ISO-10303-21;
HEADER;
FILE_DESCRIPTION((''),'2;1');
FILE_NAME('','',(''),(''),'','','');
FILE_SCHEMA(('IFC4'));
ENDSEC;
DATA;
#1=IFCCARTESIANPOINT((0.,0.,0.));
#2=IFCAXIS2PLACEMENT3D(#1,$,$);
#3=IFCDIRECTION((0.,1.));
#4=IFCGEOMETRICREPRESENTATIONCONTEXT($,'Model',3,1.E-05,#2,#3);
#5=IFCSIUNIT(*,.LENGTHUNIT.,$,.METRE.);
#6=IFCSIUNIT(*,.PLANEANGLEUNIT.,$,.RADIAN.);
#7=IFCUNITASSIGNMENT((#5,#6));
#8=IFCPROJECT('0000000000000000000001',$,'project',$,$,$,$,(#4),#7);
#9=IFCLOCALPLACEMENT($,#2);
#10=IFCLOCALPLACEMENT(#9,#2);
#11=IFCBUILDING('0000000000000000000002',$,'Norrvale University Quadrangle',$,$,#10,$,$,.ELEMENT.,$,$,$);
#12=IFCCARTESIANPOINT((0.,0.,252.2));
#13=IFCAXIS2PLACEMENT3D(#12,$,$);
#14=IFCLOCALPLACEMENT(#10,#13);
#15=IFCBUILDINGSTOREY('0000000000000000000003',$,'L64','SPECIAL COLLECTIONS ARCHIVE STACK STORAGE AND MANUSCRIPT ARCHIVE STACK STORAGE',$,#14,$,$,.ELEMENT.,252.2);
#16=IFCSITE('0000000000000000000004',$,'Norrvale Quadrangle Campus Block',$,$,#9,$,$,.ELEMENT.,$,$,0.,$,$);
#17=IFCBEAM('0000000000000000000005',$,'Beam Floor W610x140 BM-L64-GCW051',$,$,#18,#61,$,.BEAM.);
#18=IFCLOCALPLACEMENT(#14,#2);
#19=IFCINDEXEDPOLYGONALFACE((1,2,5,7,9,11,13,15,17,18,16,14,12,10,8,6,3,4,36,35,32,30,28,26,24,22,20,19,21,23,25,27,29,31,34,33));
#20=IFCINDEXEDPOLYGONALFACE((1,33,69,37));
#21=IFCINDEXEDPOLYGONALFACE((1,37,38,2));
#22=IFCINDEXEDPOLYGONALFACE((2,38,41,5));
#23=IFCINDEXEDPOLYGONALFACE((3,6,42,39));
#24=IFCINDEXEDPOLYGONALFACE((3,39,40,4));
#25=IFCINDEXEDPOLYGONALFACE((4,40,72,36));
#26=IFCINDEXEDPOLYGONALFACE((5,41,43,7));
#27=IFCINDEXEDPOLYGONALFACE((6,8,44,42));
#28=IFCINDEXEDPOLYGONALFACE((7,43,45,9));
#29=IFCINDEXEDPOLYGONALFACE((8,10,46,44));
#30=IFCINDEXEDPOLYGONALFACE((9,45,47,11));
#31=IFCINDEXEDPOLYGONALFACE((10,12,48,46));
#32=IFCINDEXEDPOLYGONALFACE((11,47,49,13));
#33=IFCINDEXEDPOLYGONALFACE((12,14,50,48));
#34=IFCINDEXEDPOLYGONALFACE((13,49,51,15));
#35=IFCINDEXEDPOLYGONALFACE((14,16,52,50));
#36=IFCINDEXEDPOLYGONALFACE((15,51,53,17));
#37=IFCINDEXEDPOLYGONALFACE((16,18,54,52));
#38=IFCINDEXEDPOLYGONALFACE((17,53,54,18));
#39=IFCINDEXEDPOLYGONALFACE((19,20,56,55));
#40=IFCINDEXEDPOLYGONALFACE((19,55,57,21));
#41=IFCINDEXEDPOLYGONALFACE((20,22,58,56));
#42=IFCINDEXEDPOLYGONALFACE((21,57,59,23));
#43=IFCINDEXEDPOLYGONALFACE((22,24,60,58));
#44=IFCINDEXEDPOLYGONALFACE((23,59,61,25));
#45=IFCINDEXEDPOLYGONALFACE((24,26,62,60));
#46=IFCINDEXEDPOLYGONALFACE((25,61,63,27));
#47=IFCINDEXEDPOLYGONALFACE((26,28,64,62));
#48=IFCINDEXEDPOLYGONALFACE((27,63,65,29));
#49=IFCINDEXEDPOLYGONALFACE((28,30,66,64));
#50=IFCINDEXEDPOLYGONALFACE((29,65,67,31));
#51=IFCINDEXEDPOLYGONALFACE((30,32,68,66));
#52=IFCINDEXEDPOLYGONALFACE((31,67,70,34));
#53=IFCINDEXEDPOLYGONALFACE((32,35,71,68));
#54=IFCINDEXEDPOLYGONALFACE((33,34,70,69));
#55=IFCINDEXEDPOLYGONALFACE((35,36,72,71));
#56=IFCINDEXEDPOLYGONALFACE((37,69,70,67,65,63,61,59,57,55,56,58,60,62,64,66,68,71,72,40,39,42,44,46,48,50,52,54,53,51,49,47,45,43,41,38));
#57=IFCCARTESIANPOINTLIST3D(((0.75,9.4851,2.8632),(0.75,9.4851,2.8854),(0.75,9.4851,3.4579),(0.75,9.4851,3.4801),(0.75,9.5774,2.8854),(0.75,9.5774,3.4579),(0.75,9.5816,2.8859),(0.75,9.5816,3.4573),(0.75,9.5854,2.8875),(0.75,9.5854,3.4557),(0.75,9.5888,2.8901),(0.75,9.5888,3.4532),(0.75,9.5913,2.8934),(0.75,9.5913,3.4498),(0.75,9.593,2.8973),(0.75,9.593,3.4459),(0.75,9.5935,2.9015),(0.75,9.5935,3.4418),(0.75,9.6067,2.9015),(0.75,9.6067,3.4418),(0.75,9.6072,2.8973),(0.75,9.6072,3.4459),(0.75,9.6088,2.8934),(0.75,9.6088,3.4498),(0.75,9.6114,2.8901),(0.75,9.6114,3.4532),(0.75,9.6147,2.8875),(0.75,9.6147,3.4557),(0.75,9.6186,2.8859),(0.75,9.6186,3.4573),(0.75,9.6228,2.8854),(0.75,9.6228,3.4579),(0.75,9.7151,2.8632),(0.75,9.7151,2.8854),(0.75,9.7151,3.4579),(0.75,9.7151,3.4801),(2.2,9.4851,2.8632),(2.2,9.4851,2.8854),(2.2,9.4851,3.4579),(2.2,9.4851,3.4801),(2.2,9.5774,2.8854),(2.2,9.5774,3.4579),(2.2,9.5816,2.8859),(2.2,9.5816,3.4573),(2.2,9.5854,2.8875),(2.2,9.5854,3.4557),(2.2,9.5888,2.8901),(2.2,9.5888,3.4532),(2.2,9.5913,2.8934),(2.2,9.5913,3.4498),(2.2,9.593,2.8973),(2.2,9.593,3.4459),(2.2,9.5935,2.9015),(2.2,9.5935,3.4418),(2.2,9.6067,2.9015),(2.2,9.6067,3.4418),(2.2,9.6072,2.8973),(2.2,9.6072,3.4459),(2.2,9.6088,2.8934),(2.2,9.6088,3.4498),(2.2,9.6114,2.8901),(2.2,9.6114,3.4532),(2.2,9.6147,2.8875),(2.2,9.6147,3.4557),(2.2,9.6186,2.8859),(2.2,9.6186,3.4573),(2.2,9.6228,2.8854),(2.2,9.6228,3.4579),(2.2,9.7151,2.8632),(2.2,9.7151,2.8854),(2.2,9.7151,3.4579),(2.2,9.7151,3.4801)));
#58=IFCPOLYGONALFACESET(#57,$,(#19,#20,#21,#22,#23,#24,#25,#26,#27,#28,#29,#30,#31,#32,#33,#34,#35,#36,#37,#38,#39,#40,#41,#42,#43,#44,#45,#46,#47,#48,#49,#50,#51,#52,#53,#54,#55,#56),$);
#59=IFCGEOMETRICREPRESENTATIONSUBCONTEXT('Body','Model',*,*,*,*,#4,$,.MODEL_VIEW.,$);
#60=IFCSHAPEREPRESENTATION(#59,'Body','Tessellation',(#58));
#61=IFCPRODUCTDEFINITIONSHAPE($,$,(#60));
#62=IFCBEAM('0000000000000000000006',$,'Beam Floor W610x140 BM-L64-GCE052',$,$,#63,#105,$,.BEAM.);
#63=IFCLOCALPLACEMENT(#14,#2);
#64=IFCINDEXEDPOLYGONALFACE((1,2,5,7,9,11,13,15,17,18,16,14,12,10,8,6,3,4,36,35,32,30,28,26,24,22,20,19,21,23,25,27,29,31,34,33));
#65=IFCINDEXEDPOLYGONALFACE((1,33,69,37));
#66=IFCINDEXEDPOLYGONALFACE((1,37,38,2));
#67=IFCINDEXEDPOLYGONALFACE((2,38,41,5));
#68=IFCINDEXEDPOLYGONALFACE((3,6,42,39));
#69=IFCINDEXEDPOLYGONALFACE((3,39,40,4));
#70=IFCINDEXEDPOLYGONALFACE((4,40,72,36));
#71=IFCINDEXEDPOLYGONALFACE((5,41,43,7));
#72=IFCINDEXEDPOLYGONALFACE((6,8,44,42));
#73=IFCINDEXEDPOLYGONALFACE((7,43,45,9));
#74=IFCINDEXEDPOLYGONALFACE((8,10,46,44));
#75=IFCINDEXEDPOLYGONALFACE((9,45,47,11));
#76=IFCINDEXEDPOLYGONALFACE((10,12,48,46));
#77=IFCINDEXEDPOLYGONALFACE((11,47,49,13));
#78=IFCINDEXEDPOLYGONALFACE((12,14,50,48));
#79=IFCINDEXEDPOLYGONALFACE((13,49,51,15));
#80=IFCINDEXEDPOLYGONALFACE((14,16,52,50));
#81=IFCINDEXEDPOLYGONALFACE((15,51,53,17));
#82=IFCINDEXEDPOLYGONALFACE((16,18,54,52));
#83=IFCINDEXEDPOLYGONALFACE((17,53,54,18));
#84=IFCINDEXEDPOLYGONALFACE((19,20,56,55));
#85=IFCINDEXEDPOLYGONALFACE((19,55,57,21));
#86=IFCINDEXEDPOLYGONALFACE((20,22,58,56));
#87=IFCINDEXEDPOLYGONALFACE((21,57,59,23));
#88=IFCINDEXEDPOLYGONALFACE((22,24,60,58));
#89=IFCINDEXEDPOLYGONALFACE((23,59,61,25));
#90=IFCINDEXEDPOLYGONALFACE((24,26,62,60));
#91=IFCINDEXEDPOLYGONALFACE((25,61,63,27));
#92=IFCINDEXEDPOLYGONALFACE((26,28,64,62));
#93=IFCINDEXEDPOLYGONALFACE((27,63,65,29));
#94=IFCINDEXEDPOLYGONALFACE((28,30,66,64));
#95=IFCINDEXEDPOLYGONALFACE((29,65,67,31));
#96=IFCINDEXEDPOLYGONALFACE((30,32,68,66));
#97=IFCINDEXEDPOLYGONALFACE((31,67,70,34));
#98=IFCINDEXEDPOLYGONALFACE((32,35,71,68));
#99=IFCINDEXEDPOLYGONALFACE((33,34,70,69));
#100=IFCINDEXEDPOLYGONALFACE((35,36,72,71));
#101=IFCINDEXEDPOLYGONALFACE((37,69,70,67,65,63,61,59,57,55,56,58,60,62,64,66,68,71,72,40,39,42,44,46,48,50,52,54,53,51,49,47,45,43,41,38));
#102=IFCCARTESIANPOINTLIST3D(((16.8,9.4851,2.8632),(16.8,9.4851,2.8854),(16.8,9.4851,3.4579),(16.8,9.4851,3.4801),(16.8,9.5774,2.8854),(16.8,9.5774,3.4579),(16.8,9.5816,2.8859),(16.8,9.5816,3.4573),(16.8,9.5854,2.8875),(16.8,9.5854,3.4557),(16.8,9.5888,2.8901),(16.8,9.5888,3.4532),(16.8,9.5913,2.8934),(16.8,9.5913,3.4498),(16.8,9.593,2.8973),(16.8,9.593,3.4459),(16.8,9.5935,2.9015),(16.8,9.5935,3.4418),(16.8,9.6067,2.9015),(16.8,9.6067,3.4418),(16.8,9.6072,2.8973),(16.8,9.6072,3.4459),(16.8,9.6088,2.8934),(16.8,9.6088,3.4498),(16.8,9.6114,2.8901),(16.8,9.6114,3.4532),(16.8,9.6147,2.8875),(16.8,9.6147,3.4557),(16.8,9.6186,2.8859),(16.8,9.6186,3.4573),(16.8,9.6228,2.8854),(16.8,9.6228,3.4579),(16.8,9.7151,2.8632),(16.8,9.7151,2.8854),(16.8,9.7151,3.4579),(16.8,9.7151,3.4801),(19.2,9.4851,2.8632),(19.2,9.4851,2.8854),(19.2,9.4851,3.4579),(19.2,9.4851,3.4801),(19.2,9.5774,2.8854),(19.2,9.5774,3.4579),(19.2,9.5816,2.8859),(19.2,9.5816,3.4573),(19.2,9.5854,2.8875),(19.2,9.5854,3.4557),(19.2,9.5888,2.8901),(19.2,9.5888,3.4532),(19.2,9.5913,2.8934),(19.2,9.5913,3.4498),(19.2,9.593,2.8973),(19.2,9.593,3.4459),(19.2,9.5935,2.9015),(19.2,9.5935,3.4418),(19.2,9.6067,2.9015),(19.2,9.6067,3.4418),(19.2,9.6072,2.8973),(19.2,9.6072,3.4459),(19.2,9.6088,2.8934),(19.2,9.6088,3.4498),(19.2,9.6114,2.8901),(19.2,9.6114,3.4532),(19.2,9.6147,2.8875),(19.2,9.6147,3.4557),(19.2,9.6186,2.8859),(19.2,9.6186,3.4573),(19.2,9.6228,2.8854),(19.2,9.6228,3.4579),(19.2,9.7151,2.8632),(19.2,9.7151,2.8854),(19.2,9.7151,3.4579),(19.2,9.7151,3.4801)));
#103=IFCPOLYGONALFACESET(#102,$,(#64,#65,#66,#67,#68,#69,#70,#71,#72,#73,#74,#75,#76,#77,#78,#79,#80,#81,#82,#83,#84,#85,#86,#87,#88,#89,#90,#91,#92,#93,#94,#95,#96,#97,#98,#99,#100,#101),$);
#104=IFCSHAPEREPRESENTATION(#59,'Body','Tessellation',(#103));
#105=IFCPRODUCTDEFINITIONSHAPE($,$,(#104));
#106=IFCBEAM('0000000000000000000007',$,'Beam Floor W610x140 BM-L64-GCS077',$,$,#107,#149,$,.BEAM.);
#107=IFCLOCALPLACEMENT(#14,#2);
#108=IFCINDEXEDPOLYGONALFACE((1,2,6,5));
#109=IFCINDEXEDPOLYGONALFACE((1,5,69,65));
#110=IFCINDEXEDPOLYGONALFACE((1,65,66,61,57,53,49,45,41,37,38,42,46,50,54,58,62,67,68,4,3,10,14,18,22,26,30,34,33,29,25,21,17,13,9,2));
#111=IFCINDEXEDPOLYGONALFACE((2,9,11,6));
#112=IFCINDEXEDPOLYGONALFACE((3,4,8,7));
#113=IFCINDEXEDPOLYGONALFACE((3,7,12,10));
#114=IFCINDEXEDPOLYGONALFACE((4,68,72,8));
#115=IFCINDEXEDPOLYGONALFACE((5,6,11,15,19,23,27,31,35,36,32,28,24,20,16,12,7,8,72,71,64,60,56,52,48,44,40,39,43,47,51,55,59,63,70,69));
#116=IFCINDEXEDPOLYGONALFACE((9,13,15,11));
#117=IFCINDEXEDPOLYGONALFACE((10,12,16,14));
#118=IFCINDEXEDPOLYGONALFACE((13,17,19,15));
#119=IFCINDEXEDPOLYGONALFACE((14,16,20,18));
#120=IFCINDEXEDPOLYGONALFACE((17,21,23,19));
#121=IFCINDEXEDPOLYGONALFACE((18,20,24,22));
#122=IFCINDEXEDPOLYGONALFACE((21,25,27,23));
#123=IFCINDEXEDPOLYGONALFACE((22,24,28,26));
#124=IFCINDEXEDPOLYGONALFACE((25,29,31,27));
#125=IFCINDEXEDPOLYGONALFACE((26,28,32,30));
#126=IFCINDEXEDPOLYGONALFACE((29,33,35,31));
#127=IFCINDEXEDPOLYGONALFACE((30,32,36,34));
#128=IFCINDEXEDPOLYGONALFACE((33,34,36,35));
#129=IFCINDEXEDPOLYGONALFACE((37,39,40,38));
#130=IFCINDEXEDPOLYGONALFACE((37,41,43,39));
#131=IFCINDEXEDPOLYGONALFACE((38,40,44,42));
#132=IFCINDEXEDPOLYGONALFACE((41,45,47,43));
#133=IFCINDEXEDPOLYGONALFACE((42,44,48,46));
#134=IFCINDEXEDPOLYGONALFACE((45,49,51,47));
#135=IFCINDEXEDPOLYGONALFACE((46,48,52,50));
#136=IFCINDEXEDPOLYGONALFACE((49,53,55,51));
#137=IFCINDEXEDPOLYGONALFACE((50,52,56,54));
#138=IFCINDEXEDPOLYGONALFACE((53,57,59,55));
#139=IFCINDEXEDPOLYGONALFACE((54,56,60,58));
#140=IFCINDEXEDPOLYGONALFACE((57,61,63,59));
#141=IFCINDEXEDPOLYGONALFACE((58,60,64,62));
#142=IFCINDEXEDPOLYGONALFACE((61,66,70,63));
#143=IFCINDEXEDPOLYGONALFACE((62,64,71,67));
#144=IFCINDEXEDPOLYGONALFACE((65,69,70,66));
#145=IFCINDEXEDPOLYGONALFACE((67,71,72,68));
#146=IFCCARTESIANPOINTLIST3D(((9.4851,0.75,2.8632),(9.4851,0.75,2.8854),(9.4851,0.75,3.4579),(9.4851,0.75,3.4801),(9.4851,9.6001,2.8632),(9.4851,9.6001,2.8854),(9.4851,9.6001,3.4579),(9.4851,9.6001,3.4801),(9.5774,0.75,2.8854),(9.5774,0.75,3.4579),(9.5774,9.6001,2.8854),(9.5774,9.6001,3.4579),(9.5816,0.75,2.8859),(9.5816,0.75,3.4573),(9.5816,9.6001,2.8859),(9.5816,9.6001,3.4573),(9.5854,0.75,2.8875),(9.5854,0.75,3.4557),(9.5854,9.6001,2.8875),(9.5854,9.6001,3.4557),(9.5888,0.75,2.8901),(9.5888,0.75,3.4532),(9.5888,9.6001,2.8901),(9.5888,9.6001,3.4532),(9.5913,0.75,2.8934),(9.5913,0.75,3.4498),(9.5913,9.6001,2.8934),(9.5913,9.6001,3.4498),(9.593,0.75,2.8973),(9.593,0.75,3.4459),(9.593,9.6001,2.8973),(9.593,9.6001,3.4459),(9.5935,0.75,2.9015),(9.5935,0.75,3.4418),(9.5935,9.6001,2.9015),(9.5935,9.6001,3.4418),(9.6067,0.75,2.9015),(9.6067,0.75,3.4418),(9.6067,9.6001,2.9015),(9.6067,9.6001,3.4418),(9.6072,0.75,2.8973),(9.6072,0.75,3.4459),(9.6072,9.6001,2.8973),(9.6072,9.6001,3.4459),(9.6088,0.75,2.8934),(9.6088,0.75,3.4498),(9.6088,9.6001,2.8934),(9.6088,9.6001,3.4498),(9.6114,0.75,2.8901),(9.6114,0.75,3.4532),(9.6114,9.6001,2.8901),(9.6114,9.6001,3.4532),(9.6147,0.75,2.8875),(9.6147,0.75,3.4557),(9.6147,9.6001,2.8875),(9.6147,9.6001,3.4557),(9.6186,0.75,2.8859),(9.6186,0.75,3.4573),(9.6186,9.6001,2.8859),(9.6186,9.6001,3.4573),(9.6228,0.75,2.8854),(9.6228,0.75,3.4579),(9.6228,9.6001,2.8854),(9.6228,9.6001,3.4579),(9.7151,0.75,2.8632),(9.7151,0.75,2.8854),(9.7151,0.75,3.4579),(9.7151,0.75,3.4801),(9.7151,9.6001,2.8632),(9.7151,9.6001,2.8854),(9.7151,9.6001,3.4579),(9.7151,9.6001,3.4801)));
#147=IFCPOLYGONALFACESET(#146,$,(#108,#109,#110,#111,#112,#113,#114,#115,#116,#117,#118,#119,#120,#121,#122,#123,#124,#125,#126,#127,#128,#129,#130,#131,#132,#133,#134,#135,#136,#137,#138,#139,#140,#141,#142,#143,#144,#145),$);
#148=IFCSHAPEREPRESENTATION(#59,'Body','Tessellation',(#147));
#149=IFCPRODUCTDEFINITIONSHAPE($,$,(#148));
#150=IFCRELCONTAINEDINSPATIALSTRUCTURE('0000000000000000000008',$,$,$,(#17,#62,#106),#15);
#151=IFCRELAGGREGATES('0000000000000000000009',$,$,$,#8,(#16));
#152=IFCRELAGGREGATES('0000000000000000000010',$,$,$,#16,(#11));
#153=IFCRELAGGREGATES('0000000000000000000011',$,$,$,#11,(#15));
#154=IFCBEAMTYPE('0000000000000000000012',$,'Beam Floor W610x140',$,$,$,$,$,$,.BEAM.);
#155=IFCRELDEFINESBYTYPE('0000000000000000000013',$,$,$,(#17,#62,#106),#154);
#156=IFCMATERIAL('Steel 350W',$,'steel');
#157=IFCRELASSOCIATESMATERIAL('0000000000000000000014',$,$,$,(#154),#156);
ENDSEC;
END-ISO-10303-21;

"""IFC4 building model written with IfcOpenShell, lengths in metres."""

from ifc_helpers import new_model, si_unit, direction, frame, origin, origin_2d, place, context, subcontext, project, spatial, i_section, extrude, material, material_profile, profile_set, type_object, element, save


model = new_model("IFC4")

# Units and contexts
model_context = context("Model", 3, precision=1e-05, world=origin(), true_north=direction((0.0, 1.0)))
body_context = subcontext(model_context, "Body", "Model", "MODEL_VIEW")
ifc_project = project(units=[si_unit("LENGTHUNIT", "METRE"), si_unit("PLANEANGLEUNIT", "RADIAN")], contexts=[model_context])

# Site, building, storey
site_placement = place(None, origin())
site = spatial("IfcSite", under=ifc_project, at=site_placement, Name="Norrvale Quadrangle Campus Block", CompositionType="ELEMENT", RefElevation=0.0)
building_placement = place(site_placement, origin())
building = spatial("IfcBuilding", under=site, at=building_placement, Name="Norrvale University Quadrangle", CompositionType="ELEMENT")
storey_placement = place(building_placement, frame((0.0, 0.0, 252.2)))
storey = spatial("IfcBuildingStorey", under=building, at=storey_placement, Name="L64", Description="SPECIAL COLLECTIONS ARCHIVE STACK STORAGE AND MANUSCRIPT ARCHIVE STACK STORAGE", CompositionType="ELEMENT", Elevation=252.2)

# Beams
ifc_material_1 = material(Name="Steel 350W", Category="steel")
ifc_material_profile_1 = material_profile(ifc_material_1, i_section(OverallWidth=0.23, OverallDepth=0.6169, WebThickness=0.0132, FlangeThickness=0.0222, FilletRadius=0.0161, at=origin_2d()), Name="Steel 350W")
ifc_profile_set_1 = profile_set([ifc_material_profile_1], Name="Steel 350W")
beam_type_1 = type_object("IfcBeamType", Name="Beam Floor W610x140", PredefinedType="BEAM", material=ifc_profile_set_1)
beam_1_placement = place(storey_placement, frame((0.75, 9.6001, 3.1716), z_axis=(1.0, 0.0, 0.0), x_axis=(0.0, 1.0, 0.0)))
element("IfcBeam", 1, at=beam_1_placement, inside=storey, type_object=beam_type_1, Name="Beam Floor W610x140 BM-L64-GCW051", PredefinedType="BEAM", context=body_context, shape_type="SweptSolid", body=[
    extrude(i_section(OverallWidth=0.23, OverallDepth=0.6169, WebThickness=0.0132, FlangeThickness=0.0222, FilletRadius=0.0161, at=origin_2d()), origin(), (0.0, 0.0, 1.0), 1.45),
])
beam_2_placement = place(storey_placement, frame((16.8, 9.6001, 3.1716), z_axis=(1.0, 0.0, 0.0), x_axis=(0.0, 1.0, 0.0)))
element("IfcBeam", 2, at=beam_2_placement, inside=storey, type_object=beam_type_1, Name="Beam Floor W610x140 BM-L64-GCE052", PredefinedType="BEAM", context=body_context, shape_type="SweptSolid", body=[
    extrude(i_section(OverallWidth=0.23, OverallDepth=0.6169, WebThickness=0.0132, FlangeThickness=0.0222, FilletRadius=0.0161, at=origin_2d()), origin(), (0.0, 0.0, 1.0), 2.3999),
])
beam_3_placement = place(storey_placement, frame((9.6001, 0.75, 3.1716), z_axis=(0.0, 1.0, 0.0), x_axis=(-1.0, 0.0, 0.0)))
element("IfcBeam", 3, at=beam_3_placement, inside=storey, type_object=beam_type_1, Name="Beam Floor W610x140 BM-L64-GCS077", PredefinedType="BEAM", context=body_context, shape_type="SweptSolid", body=[
    extrude(i_section(OverallWidth=0.23, OverallDepth=0.6169, WebThickness=0.0132, FlangeThickness=0.0222, FilletRadius=0.0161, at=origin_2d()), origin(), (0.0, 0.0, 1.0), 8.8501),
])

save(model, "model.ifc")
